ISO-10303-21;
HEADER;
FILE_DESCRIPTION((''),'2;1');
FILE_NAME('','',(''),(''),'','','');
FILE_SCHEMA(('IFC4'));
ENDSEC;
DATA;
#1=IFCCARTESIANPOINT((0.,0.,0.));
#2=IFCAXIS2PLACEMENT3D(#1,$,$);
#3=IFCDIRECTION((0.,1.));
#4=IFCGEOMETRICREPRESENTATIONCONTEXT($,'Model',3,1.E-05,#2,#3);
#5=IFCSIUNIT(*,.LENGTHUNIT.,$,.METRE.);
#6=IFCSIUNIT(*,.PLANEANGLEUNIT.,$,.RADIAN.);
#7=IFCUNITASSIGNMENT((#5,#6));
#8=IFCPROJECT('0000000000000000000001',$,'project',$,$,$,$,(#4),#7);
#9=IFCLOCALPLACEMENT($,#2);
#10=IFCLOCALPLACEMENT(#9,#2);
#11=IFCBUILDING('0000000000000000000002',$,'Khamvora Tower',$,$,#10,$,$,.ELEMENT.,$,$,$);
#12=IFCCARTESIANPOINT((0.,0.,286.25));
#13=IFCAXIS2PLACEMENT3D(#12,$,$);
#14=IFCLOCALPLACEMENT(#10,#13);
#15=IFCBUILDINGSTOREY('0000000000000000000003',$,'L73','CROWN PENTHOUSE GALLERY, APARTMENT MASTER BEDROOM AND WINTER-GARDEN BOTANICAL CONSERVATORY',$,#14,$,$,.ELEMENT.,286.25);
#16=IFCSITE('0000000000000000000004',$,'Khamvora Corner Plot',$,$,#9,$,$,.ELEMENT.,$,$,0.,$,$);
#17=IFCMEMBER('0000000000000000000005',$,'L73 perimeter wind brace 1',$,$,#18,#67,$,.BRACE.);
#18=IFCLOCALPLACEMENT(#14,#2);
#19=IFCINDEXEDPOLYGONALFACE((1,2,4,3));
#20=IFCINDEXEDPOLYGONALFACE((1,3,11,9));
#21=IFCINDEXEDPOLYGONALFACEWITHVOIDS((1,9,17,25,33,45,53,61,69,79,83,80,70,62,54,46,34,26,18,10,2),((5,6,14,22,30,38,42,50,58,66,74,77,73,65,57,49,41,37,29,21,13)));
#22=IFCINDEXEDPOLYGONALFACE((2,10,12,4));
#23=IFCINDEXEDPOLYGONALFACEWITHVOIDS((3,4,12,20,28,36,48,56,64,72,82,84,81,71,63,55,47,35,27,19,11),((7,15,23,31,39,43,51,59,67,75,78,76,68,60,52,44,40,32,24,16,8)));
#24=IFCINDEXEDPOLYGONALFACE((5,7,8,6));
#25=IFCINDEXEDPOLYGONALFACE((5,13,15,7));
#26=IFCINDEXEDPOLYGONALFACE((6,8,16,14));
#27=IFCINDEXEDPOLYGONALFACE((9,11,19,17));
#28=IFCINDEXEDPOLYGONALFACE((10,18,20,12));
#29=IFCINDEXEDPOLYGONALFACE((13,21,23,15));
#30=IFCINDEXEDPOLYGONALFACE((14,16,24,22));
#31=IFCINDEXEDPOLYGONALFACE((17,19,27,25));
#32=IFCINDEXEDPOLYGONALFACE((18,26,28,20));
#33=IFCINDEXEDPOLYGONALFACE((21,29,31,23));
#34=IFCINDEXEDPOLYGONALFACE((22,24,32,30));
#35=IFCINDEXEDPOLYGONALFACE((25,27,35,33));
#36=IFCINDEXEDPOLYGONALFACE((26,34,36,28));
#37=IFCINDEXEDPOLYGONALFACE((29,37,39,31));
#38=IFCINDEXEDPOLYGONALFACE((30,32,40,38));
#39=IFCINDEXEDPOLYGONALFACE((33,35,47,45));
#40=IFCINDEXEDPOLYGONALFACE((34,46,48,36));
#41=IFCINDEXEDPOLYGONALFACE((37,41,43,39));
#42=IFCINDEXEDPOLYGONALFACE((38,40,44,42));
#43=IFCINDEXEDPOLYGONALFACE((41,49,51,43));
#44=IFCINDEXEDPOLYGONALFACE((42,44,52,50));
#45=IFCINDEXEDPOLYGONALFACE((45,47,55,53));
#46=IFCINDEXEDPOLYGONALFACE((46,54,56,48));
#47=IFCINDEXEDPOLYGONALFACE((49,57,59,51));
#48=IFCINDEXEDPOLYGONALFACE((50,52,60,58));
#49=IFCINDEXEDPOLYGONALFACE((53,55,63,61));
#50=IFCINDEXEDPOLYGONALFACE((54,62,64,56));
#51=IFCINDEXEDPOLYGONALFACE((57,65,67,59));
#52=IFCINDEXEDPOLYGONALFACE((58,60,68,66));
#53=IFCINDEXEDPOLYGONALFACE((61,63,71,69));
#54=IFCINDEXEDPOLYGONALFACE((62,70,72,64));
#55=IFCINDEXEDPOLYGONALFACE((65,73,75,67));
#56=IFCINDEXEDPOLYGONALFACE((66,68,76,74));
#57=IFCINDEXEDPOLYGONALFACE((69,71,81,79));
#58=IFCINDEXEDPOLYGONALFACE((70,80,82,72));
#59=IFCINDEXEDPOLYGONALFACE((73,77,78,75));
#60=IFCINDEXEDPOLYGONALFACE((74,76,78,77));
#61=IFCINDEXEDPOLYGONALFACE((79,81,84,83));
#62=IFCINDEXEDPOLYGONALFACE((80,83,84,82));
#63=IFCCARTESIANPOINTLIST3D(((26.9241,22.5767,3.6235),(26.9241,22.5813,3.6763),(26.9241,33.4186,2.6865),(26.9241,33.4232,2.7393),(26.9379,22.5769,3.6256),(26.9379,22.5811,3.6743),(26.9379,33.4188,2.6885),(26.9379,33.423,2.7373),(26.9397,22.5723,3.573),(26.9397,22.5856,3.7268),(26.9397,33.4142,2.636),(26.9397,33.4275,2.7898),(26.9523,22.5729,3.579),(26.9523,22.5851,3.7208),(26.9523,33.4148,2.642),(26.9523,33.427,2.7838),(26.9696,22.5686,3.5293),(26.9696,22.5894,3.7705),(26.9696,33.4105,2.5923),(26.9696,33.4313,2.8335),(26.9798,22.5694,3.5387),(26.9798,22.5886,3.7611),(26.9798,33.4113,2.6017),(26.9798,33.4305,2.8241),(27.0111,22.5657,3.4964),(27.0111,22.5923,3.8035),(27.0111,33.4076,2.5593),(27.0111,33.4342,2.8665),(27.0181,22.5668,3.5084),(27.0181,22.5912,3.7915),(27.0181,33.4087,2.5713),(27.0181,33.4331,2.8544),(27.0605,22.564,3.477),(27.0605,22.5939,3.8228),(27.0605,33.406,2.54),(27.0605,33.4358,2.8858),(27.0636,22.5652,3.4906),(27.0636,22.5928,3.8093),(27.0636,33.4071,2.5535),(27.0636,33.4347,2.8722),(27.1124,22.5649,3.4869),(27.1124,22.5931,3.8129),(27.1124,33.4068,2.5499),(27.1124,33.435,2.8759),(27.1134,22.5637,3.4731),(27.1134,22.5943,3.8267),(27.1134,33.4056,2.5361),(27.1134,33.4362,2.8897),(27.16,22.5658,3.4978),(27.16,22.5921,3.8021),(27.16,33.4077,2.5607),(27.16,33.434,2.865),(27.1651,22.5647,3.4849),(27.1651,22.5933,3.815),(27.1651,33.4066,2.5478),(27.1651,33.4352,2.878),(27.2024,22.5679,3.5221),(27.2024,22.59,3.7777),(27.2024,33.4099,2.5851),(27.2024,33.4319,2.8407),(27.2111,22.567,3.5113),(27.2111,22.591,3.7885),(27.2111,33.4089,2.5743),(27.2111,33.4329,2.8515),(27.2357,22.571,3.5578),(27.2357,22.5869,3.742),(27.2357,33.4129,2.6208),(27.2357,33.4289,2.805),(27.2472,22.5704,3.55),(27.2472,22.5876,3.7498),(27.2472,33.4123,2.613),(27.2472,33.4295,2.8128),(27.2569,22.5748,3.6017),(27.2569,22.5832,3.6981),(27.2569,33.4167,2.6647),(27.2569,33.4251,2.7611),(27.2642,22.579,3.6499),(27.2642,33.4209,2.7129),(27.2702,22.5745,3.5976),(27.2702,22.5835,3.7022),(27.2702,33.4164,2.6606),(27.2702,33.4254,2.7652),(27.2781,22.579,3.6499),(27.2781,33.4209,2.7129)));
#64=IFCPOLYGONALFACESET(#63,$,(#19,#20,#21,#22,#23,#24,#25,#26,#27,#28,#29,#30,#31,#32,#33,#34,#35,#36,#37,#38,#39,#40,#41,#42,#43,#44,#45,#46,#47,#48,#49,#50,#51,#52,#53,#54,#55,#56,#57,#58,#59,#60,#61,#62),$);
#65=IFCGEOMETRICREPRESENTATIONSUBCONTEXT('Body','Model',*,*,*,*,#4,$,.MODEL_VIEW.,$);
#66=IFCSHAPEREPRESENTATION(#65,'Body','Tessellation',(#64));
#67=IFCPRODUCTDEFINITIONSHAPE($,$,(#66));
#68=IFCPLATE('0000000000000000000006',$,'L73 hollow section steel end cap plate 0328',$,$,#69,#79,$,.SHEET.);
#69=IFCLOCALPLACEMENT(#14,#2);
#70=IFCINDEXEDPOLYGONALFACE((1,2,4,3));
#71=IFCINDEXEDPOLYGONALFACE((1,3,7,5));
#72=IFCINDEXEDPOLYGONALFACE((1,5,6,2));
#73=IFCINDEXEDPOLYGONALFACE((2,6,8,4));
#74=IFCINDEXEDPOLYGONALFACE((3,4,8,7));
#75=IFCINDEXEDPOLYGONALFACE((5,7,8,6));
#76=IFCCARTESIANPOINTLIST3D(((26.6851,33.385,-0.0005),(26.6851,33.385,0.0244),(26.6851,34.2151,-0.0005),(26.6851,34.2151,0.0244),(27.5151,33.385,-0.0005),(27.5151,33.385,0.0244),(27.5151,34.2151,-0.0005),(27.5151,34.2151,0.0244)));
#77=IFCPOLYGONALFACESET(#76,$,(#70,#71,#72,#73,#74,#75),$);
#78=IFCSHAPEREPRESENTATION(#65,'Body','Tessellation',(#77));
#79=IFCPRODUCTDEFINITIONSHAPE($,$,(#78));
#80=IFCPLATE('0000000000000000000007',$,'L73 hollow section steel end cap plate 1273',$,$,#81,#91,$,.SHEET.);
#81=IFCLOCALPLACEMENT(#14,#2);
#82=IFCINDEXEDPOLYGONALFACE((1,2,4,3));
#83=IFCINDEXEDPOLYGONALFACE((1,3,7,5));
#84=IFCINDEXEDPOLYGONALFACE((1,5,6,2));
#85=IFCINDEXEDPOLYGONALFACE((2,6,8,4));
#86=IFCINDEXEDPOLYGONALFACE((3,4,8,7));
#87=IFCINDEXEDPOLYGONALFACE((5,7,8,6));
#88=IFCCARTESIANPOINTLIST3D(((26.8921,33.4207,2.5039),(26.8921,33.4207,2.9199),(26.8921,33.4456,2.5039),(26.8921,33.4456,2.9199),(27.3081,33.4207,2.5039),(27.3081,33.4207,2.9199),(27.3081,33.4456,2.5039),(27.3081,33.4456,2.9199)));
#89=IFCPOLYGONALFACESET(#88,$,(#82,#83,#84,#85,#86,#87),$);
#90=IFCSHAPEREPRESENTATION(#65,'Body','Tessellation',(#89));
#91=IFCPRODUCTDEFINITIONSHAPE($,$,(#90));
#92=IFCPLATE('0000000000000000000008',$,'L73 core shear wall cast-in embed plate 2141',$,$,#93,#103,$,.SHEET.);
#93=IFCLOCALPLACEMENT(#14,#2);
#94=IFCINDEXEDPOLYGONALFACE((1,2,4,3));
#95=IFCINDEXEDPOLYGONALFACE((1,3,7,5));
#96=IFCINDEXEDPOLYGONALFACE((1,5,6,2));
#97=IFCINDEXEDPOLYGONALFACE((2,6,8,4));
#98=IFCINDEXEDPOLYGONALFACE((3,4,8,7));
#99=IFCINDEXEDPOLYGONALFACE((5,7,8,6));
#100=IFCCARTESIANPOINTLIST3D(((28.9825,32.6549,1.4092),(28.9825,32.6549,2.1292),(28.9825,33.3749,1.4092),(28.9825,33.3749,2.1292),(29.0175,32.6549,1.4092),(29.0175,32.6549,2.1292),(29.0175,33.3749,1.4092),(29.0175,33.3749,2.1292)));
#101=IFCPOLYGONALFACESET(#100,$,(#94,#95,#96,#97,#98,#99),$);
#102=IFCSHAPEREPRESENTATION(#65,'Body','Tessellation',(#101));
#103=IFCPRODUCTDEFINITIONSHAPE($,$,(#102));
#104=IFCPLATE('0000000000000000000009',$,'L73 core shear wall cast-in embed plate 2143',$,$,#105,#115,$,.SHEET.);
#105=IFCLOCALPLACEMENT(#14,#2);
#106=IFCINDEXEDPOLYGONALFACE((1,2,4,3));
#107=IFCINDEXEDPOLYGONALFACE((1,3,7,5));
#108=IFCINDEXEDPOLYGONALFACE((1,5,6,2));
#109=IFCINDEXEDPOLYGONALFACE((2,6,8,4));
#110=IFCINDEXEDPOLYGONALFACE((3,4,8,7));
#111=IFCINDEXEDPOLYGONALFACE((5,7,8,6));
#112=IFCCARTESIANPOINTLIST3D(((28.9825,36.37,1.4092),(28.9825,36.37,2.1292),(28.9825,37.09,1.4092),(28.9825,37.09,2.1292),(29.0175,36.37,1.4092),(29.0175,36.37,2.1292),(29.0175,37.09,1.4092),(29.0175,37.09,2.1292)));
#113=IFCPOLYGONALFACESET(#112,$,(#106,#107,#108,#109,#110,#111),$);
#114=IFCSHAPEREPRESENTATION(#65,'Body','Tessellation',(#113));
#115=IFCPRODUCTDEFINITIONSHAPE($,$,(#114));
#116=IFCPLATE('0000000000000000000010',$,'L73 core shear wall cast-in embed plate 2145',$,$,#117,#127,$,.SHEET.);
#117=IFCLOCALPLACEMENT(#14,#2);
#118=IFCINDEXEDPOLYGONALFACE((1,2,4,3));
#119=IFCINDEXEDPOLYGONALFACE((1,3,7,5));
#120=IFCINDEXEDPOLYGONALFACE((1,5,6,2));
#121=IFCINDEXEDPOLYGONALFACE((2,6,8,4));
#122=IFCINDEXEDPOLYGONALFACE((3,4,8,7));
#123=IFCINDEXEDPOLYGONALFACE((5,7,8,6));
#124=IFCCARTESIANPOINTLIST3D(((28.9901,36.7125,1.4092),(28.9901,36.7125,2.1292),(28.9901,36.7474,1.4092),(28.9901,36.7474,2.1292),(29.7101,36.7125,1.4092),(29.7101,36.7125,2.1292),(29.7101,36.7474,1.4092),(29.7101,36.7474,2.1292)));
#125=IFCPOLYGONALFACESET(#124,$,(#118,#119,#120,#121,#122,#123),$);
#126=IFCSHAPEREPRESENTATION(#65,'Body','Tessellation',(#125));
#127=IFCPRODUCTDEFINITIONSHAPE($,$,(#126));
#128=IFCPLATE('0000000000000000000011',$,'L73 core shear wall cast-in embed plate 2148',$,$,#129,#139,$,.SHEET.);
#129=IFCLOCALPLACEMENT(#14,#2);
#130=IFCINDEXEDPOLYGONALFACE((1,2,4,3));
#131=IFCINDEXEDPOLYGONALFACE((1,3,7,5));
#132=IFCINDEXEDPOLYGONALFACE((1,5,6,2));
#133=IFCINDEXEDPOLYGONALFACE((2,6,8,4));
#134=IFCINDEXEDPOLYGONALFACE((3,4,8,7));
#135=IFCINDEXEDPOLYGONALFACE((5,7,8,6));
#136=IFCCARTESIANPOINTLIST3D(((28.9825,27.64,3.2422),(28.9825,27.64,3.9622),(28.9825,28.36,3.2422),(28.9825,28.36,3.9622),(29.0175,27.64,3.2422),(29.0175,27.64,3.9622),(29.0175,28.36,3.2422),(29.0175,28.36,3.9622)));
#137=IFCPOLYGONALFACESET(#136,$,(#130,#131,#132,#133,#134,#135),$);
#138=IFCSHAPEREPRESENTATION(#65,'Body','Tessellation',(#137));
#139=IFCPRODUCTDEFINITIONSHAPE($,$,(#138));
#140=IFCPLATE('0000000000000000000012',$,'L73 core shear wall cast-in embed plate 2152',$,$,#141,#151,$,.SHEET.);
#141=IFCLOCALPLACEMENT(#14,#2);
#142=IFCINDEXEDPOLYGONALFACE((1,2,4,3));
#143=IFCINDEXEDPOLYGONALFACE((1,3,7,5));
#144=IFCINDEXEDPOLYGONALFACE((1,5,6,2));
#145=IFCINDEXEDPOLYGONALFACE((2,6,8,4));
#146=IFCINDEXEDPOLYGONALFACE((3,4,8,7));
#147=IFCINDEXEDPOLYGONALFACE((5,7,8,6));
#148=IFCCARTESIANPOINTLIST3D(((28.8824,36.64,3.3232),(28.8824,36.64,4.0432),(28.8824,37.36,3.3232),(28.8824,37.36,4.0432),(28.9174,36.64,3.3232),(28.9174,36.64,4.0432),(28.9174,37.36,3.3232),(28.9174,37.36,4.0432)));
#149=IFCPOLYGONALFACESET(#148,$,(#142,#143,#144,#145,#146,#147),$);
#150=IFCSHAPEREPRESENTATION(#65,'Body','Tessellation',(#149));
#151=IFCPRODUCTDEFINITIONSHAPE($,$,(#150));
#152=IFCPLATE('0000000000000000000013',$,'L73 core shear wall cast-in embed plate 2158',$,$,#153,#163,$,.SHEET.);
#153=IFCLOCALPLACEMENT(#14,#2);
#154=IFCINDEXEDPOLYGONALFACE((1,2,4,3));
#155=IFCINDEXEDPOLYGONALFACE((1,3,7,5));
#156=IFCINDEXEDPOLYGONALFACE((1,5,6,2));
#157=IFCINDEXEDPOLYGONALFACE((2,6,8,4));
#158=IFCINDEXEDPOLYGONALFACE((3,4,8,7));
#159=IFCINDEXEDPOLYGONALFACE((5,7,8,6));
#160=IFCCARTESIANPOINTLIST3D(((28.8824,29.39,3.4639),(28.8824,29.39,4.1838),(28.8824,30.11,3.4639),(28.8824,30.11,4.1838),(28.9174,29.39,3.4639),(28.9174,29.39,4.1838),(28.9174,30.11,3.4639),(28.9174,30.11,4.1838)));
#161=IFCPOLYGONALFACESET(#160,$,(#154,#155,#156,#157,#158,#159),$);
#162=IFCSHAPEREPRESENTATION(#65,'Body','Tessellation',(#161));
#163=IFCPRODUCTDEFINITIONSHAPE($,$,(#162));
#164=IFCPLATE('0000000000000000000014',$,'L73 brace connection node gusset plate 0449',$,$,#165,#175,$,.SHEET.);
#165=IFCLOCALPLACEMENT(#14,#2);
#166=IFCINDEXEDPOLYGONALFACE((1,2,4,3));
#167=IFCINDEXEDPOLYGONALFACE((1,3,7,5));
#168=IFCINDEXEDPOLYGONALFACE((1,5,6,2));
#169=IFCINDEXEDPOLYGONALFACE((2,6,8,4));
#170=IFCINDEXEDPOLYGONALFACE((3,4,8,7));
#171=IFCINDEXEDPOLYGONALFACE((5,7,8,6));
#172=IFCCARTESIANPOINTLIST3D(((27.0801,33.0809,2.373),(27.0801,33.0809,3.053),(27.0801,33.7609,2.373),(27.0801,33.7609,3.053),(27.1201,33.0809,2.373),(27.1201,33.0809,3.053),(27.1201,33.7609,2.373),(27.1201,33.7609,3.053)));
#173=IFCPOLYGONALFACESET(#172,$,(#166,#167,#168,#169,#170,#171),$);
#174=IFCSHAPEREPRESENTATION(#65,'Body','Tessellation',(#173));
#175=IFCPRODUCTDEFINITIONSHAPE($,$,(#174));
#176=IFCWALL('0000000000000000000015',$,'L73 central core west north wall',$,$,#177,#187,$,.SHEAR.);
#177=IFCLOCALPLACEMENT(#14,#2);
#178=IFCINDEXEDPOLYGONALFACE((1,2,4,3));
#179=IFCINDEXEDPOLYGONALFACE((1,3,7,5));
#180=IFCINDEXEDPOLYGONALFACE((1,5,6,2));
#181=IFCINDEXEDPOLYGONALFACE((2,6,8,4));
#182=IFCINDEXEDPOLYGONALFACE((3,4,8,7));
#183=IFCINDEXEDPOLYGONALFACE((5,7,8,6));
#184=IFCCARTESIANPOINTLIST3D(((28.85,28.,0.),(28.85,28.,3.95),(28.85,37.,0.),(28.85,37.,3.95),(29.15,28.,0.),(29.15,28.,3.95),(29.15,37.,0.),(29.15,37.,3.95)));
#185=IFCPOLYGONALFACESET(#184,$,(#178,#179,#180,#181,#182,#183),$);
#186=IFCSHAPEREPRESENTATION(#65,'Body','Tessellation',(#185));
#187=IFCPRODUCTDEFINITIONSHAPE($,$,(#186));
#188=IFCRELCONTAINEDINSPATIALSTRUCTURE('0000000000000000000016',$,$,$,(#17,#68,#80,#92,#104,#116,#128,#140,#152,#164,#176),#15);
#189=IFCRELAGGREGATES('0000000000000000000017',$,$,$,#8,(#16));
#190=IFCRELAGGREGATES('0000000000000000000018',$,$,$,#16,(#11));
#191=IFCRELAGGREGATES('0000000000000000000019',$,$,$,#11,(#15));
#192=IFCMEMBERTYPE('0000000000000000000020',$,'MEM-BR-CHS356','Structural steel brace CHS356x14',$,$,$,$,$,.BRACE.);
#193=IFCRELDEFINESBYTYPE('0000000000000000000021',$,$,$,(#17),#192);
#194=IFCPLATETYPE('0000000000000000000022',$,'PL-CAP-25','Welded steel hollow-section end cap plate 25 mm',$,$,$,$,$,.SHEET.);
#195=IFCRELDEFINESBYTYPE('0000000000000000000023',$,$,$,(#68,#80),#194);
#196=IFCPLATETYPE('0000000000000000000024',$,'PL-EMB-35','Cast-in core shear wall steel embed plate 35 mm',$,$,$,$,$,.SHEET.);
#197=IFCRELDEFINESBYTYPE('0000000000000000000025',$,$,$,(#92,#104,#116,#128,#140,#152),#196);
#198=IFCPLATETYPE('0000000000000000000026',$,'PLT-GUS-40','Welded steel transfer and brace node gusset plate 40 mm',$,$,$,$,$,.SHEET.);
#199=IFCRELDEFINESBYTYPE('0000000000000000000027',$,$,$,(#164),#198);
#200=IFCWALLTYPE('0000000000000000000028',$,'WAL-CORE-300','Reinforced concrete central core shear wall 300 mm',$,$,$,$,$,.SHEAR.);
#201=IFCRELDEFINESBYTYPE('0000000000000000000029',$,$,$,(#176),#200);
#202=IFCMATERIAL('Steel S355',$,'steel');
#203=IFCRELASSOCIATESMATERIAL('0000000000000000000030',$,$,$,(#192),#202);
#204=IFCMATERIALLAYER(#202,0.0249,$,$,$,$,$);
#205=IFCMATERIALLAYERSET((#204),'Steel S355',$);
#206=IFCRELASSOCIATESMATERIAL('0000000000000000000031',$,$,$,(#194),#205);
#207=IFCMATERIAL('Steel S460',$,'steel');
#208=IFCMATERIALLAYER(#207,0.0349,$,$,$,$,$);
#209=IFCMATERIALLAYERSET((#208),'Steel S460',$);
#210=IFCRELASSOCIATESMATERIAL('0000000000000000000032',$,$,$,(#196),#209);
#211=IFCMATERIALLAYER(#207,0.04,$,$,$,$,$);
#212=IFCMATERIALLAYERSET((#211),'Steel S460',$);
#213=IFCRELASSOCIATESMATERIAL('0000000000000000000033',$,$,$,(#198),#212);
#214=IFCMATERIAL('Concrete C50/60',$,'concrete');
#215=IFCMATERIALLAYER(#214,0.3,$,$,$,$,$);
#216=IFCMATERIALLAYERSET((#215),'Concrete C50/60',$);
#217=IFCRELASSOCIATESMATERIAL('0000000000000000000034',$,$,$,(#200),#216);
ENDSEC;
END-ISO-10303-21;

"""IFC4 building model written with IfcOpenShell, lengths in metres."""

from ifc_helpers import new_model, si_unit, direction, frame, frame_2d, origin, origin_2d, place, context, subcontext, project, spatial, rectangle, hollow_circle, extrude, material, layer, layer_set, material_profile, profile_set, type_object, element, save


model = new_model("IFC4")

# Units and contexts
model_context = context("Model", 3, precision=1e-05, world=origin(), true_north=direction((0.0, 1.0)))
body_context = subcontext(model_context, "Body", "Model", "MODEL_VIEW")
ifc_project = project(units=[si_unit("LENGTHUNIT", "METRE"), si_unit("PLANEANGLEUNIT", "RADIAN")], contexts=[model_context])

# Site, building, storey
site_placement = place(None, origin())
site = spatial("IfcSite", under=ifc_project, at=site_placement, Name="Khamvora Corner Plot", CompositionType="ELEMENT", RefElevation=0.0)
building_placement = place(site_placement, origin())
building = spatial("IfcBuilding", under=site, at=building_placement, Name="Khamvora Tower", CompositionType="ELEMENT")
storey_placement = place(building_placement, frame((0.0, 0.0, 286.25)))
storey = spatial("IfcBuildingStorey", under=building, at=storey_placement, Name="L73", Description="CROWN PENTHOUSE GALLERY, APARTMENT MASTER BEDROOM AND WINTER-GARDEN BOTANICAL CONSERVATORY", CompositionType="ELEMENT", Elevation=286.25)

# Shared definitions
ifc_material_1 = material(Name="Steel S355", Category="steel")

# Member
ifc_material_profile_1 = material_profile(ifc_material_1, hollow_circle(Radius=0.178, WallThickness=0.0139, at=origin_2d()), Name="CHS356x14")
ifc_profile_set_1 = profile_set([ifc_material_profile_1], Name="Steel S355")
member_type = type_object("IfcMemberType", Name="MEM-BR-CHS356", Description="Structural steel brace CHS356x14", PredefinedType="BRACE", material=ifc_profile_set_1)
member_placement = place(storey_placement, frame((27.1001, 33.4209, 2.7129), z_axis=(0.0, -0.996286, 0.086105), x_axis=(1.0, 0.0, 0.0)))
element("IfcMember", 1, at=member_placement, inside=storey, type_object=member_type, Name="L73 perimeter wind brace 1", PredefinedType="BRACE", context=body_context, shape_type="SweptSolid", body=[
    extrude(hollow_circle(Radius=0.178, WallThickness=0.0139, at=origin_2d()), origin(), (0.0, 0.0, 1.0), 10.8823),
])

# Plates
ifc_layer_1 = layer(ifc_material_1, 0.0249)
ifc_layer_set_1 = layer_set([ifc_layer_1], Name="Steel S355")
plate_type_1 = type_object("IfcPlateType", Name="PL-CAP-25", Description="Welded steel hollow-section end cap plate 25 mm", PredefinedType="SHEET", material=ifc_layer_set_1)
plate_1_placement = place(storey_placement, frame((27.1001, 33.8, -0.0005), z_axis=(0.0, 0.0, 1.0), x_axis=(1.0, 0.0, 0.0)))
element("IfcPlate", 2, at=plate_1_placement, inside=storey, type_object=plate_type_1, Name="L73 hollow section steel end cap plate 0328", PredefinedType="SHEET", context=body_context, shape_type="SweptSolid", body=[
    extrude(rectangle(XDim=0.8301, YDim=0.8301, at=origin_2d()), origin(), (0.0, 0.0, 1.0), 0.0249),
])
plate_2_placement = place(storey_placement, frame((27.1001, 33.4331, 2.5039), z_axis=(0.0, 0.0, 1.0), x_axis=(0.0, -1.0, 0.0)))
element("IfcPlate", 3, at=plate_2_placement, inside=storey, type_object=plate_type_1, Name="L73 hollow section steel end cap plate 1273", PredefinedType="SHEET", context=body_context, shape_type="SweptSolid", body=[
    extrude(rectangle(XDim=0.0249, YDim=0.416, at=origin_2d()), origin(), (0.0, 0.0, 1.0), 0.416),
])
ifc_material_2 = material(Name="Steel S460", Category="steel")
ifc_layer_2 = layer(ifc_material_2, 0.0349)
ifc_layer_set_2 = layer_set([ifc_layer_2], Name="Steel S460")
plate_type_2 = type_object("IfcPlateType", Name="PL-EMB-35", Description="Cast-in core shear wall steel embed plate 35 mm", PredefinedType="SHEET", material=ifc_layer_set_2)
for number, where, z_axis, x_axis, name in (
    (4, (29.0, 33.0149, 1.4092), (0.0, 0.0, 1.0), (1.0, 0.0, 0.0), "L73 core shear wall cast-in embed plate 2141"),
    (5, (29.0, 36.73, 1.4092), (0.0, 0.0, 1.0), (1.0, 0.0, 0.0), "L73 core shear wall cast-in embed plate 2143"),
):
    element("IfcPlate", number, at=place(storey_placement, frame(where, z_axis=z_axis, x_axis=x_axis)), inside=storey, type_object=plate_type_2, Name=name, PredefinedType="SHEET", context=body_context, shape_type="SweptSolid", body=[
        extrude(rectangle(XDim=0.0349, YDim=0.72, at=origin_2d()), origin(), (0.0, 0.0, 1.0), 0.72),
    ])
plate_3_placement = place(storey_placement, frame((29.3501, 36.73, 1.4092), z_axis=(0.0, 0.0, 1.0), x_axis=(1.0, 0.0, 0.0)))
element("IfcPlate", 6, at=plate_3_placement, inside=storey, type_object=plate_type_2, Name="L73 core shear wall cast-in embed plate 2145", PredefinedType="SHEET", context=body_context, shape_type="SweptSolid", body=[
    extrude(rectangle(XDim=0.72, YDim=0.0349, at=origin_2d()), origin(), (0.0, 0.0, 1.0), 0.72),
])
for number, where, z_axis, x_axis, name in (
    (7, (29.0, 28.0, 3.2422), (0.0, 0.0, 1.0), (1.0, 0.0, 0.0), "L73 core shear wall cast-in embed plate 2148"),
    (8, (28.8999, 37.0, 3.3232), (0.0, 0.0, 1.0), (1.0, 0.0, 0.0), "L73 core shear wall cast-in embed plate 2152"),
    (9, (28.8999, 29.75, 3.4639), (0.0, 0.0, 1.0), (1.0, 0.0, 0.0), "L73 core shear wall cast-in embed plate 2158"),
):
    element("IfcPlate", number, at=place(storey_placement, frame(where, z_axis=z_axis, x_axis=x_axis)), inside=storey, type_object=plate_type_2, Name=name, PredefinedType="SHEET", context=body_context, shape_type="SweptSolid", body=[
        extrude(rectangle(XDim=0.0349, YDim=0.72, at=origin_2d()), origin(), (0.0, 0.0, 1.0), 0.72),
    ])
ifc_layer_3 = layer(ifc_material_2, 0.04)
ifc_layer_set_3 = layer_set([ifc_layer_3], Name="Steel S460")
plate_type_3 = type_object("IfcPlateType", Name="PLT-GUS-40", Description="Welded steel transfer and brace node gusset plate 40 mm", PredefinedType="SHEET", material=ifc_layer_set_3)
plate_4_placement = place(storey_placement, frame((27.1001, 33.4209, 2.373), z_axis=(0.0, 0.0, 1.0), x_axis=(0.0, 1.0, 0.0)))
element("IfcPlate", 10, at=plate_4_placement, inside=storey, type_object=plate_type_3, Name="L73 brace connection node gusset plate 0449", PredefinedType="SHEET", context=body_context, shape_type="SweptSolid", body=[
    extrude(rectangle(XDim=0.6799, YDim=0.04, at=origin_2d()), origin(), (0.0, 0.0, 1.0), 0.6799),
])

# Wall
ifc_material_3 = material(Name="Concrete C50/60", Category="concrete")
ifc_layer_4 = layer(ifc_material_3, 0.3)
ifc_layer_set_4 = layer_set([ifc_layer_4], Name="Concrete C50/60")
wall_type_1 = type_object("IfcWallType", Name="WAL-CORE-300", Description="Reinforced concrete central core shear wall 300 mm", PredefinedType="SHEAR", material=ifc_layer_set_4)
wall_1_placement = place(storey_placement, frame((29.0, 28.0, 0.0), z_axis=(0.0, 0.0, 1.0), x_axis=(0.0, 1.0, 0.0)))
element("IfcWall", 11, at=wall_1_placement, inside=storey, type_object=wall_type_1, Name="L73 central core west north wall", PredefinedType="SHEAR", context=body_context, shape_type="SweptSolid", body=[
    extrude(rectangle(XDim=9.0, YDim=0.3, at=frame_2d((4.5, 0.0))), origin(), (0.0, 0.0, 1.0), 3.95),
])

save(model, "model.ifc")
